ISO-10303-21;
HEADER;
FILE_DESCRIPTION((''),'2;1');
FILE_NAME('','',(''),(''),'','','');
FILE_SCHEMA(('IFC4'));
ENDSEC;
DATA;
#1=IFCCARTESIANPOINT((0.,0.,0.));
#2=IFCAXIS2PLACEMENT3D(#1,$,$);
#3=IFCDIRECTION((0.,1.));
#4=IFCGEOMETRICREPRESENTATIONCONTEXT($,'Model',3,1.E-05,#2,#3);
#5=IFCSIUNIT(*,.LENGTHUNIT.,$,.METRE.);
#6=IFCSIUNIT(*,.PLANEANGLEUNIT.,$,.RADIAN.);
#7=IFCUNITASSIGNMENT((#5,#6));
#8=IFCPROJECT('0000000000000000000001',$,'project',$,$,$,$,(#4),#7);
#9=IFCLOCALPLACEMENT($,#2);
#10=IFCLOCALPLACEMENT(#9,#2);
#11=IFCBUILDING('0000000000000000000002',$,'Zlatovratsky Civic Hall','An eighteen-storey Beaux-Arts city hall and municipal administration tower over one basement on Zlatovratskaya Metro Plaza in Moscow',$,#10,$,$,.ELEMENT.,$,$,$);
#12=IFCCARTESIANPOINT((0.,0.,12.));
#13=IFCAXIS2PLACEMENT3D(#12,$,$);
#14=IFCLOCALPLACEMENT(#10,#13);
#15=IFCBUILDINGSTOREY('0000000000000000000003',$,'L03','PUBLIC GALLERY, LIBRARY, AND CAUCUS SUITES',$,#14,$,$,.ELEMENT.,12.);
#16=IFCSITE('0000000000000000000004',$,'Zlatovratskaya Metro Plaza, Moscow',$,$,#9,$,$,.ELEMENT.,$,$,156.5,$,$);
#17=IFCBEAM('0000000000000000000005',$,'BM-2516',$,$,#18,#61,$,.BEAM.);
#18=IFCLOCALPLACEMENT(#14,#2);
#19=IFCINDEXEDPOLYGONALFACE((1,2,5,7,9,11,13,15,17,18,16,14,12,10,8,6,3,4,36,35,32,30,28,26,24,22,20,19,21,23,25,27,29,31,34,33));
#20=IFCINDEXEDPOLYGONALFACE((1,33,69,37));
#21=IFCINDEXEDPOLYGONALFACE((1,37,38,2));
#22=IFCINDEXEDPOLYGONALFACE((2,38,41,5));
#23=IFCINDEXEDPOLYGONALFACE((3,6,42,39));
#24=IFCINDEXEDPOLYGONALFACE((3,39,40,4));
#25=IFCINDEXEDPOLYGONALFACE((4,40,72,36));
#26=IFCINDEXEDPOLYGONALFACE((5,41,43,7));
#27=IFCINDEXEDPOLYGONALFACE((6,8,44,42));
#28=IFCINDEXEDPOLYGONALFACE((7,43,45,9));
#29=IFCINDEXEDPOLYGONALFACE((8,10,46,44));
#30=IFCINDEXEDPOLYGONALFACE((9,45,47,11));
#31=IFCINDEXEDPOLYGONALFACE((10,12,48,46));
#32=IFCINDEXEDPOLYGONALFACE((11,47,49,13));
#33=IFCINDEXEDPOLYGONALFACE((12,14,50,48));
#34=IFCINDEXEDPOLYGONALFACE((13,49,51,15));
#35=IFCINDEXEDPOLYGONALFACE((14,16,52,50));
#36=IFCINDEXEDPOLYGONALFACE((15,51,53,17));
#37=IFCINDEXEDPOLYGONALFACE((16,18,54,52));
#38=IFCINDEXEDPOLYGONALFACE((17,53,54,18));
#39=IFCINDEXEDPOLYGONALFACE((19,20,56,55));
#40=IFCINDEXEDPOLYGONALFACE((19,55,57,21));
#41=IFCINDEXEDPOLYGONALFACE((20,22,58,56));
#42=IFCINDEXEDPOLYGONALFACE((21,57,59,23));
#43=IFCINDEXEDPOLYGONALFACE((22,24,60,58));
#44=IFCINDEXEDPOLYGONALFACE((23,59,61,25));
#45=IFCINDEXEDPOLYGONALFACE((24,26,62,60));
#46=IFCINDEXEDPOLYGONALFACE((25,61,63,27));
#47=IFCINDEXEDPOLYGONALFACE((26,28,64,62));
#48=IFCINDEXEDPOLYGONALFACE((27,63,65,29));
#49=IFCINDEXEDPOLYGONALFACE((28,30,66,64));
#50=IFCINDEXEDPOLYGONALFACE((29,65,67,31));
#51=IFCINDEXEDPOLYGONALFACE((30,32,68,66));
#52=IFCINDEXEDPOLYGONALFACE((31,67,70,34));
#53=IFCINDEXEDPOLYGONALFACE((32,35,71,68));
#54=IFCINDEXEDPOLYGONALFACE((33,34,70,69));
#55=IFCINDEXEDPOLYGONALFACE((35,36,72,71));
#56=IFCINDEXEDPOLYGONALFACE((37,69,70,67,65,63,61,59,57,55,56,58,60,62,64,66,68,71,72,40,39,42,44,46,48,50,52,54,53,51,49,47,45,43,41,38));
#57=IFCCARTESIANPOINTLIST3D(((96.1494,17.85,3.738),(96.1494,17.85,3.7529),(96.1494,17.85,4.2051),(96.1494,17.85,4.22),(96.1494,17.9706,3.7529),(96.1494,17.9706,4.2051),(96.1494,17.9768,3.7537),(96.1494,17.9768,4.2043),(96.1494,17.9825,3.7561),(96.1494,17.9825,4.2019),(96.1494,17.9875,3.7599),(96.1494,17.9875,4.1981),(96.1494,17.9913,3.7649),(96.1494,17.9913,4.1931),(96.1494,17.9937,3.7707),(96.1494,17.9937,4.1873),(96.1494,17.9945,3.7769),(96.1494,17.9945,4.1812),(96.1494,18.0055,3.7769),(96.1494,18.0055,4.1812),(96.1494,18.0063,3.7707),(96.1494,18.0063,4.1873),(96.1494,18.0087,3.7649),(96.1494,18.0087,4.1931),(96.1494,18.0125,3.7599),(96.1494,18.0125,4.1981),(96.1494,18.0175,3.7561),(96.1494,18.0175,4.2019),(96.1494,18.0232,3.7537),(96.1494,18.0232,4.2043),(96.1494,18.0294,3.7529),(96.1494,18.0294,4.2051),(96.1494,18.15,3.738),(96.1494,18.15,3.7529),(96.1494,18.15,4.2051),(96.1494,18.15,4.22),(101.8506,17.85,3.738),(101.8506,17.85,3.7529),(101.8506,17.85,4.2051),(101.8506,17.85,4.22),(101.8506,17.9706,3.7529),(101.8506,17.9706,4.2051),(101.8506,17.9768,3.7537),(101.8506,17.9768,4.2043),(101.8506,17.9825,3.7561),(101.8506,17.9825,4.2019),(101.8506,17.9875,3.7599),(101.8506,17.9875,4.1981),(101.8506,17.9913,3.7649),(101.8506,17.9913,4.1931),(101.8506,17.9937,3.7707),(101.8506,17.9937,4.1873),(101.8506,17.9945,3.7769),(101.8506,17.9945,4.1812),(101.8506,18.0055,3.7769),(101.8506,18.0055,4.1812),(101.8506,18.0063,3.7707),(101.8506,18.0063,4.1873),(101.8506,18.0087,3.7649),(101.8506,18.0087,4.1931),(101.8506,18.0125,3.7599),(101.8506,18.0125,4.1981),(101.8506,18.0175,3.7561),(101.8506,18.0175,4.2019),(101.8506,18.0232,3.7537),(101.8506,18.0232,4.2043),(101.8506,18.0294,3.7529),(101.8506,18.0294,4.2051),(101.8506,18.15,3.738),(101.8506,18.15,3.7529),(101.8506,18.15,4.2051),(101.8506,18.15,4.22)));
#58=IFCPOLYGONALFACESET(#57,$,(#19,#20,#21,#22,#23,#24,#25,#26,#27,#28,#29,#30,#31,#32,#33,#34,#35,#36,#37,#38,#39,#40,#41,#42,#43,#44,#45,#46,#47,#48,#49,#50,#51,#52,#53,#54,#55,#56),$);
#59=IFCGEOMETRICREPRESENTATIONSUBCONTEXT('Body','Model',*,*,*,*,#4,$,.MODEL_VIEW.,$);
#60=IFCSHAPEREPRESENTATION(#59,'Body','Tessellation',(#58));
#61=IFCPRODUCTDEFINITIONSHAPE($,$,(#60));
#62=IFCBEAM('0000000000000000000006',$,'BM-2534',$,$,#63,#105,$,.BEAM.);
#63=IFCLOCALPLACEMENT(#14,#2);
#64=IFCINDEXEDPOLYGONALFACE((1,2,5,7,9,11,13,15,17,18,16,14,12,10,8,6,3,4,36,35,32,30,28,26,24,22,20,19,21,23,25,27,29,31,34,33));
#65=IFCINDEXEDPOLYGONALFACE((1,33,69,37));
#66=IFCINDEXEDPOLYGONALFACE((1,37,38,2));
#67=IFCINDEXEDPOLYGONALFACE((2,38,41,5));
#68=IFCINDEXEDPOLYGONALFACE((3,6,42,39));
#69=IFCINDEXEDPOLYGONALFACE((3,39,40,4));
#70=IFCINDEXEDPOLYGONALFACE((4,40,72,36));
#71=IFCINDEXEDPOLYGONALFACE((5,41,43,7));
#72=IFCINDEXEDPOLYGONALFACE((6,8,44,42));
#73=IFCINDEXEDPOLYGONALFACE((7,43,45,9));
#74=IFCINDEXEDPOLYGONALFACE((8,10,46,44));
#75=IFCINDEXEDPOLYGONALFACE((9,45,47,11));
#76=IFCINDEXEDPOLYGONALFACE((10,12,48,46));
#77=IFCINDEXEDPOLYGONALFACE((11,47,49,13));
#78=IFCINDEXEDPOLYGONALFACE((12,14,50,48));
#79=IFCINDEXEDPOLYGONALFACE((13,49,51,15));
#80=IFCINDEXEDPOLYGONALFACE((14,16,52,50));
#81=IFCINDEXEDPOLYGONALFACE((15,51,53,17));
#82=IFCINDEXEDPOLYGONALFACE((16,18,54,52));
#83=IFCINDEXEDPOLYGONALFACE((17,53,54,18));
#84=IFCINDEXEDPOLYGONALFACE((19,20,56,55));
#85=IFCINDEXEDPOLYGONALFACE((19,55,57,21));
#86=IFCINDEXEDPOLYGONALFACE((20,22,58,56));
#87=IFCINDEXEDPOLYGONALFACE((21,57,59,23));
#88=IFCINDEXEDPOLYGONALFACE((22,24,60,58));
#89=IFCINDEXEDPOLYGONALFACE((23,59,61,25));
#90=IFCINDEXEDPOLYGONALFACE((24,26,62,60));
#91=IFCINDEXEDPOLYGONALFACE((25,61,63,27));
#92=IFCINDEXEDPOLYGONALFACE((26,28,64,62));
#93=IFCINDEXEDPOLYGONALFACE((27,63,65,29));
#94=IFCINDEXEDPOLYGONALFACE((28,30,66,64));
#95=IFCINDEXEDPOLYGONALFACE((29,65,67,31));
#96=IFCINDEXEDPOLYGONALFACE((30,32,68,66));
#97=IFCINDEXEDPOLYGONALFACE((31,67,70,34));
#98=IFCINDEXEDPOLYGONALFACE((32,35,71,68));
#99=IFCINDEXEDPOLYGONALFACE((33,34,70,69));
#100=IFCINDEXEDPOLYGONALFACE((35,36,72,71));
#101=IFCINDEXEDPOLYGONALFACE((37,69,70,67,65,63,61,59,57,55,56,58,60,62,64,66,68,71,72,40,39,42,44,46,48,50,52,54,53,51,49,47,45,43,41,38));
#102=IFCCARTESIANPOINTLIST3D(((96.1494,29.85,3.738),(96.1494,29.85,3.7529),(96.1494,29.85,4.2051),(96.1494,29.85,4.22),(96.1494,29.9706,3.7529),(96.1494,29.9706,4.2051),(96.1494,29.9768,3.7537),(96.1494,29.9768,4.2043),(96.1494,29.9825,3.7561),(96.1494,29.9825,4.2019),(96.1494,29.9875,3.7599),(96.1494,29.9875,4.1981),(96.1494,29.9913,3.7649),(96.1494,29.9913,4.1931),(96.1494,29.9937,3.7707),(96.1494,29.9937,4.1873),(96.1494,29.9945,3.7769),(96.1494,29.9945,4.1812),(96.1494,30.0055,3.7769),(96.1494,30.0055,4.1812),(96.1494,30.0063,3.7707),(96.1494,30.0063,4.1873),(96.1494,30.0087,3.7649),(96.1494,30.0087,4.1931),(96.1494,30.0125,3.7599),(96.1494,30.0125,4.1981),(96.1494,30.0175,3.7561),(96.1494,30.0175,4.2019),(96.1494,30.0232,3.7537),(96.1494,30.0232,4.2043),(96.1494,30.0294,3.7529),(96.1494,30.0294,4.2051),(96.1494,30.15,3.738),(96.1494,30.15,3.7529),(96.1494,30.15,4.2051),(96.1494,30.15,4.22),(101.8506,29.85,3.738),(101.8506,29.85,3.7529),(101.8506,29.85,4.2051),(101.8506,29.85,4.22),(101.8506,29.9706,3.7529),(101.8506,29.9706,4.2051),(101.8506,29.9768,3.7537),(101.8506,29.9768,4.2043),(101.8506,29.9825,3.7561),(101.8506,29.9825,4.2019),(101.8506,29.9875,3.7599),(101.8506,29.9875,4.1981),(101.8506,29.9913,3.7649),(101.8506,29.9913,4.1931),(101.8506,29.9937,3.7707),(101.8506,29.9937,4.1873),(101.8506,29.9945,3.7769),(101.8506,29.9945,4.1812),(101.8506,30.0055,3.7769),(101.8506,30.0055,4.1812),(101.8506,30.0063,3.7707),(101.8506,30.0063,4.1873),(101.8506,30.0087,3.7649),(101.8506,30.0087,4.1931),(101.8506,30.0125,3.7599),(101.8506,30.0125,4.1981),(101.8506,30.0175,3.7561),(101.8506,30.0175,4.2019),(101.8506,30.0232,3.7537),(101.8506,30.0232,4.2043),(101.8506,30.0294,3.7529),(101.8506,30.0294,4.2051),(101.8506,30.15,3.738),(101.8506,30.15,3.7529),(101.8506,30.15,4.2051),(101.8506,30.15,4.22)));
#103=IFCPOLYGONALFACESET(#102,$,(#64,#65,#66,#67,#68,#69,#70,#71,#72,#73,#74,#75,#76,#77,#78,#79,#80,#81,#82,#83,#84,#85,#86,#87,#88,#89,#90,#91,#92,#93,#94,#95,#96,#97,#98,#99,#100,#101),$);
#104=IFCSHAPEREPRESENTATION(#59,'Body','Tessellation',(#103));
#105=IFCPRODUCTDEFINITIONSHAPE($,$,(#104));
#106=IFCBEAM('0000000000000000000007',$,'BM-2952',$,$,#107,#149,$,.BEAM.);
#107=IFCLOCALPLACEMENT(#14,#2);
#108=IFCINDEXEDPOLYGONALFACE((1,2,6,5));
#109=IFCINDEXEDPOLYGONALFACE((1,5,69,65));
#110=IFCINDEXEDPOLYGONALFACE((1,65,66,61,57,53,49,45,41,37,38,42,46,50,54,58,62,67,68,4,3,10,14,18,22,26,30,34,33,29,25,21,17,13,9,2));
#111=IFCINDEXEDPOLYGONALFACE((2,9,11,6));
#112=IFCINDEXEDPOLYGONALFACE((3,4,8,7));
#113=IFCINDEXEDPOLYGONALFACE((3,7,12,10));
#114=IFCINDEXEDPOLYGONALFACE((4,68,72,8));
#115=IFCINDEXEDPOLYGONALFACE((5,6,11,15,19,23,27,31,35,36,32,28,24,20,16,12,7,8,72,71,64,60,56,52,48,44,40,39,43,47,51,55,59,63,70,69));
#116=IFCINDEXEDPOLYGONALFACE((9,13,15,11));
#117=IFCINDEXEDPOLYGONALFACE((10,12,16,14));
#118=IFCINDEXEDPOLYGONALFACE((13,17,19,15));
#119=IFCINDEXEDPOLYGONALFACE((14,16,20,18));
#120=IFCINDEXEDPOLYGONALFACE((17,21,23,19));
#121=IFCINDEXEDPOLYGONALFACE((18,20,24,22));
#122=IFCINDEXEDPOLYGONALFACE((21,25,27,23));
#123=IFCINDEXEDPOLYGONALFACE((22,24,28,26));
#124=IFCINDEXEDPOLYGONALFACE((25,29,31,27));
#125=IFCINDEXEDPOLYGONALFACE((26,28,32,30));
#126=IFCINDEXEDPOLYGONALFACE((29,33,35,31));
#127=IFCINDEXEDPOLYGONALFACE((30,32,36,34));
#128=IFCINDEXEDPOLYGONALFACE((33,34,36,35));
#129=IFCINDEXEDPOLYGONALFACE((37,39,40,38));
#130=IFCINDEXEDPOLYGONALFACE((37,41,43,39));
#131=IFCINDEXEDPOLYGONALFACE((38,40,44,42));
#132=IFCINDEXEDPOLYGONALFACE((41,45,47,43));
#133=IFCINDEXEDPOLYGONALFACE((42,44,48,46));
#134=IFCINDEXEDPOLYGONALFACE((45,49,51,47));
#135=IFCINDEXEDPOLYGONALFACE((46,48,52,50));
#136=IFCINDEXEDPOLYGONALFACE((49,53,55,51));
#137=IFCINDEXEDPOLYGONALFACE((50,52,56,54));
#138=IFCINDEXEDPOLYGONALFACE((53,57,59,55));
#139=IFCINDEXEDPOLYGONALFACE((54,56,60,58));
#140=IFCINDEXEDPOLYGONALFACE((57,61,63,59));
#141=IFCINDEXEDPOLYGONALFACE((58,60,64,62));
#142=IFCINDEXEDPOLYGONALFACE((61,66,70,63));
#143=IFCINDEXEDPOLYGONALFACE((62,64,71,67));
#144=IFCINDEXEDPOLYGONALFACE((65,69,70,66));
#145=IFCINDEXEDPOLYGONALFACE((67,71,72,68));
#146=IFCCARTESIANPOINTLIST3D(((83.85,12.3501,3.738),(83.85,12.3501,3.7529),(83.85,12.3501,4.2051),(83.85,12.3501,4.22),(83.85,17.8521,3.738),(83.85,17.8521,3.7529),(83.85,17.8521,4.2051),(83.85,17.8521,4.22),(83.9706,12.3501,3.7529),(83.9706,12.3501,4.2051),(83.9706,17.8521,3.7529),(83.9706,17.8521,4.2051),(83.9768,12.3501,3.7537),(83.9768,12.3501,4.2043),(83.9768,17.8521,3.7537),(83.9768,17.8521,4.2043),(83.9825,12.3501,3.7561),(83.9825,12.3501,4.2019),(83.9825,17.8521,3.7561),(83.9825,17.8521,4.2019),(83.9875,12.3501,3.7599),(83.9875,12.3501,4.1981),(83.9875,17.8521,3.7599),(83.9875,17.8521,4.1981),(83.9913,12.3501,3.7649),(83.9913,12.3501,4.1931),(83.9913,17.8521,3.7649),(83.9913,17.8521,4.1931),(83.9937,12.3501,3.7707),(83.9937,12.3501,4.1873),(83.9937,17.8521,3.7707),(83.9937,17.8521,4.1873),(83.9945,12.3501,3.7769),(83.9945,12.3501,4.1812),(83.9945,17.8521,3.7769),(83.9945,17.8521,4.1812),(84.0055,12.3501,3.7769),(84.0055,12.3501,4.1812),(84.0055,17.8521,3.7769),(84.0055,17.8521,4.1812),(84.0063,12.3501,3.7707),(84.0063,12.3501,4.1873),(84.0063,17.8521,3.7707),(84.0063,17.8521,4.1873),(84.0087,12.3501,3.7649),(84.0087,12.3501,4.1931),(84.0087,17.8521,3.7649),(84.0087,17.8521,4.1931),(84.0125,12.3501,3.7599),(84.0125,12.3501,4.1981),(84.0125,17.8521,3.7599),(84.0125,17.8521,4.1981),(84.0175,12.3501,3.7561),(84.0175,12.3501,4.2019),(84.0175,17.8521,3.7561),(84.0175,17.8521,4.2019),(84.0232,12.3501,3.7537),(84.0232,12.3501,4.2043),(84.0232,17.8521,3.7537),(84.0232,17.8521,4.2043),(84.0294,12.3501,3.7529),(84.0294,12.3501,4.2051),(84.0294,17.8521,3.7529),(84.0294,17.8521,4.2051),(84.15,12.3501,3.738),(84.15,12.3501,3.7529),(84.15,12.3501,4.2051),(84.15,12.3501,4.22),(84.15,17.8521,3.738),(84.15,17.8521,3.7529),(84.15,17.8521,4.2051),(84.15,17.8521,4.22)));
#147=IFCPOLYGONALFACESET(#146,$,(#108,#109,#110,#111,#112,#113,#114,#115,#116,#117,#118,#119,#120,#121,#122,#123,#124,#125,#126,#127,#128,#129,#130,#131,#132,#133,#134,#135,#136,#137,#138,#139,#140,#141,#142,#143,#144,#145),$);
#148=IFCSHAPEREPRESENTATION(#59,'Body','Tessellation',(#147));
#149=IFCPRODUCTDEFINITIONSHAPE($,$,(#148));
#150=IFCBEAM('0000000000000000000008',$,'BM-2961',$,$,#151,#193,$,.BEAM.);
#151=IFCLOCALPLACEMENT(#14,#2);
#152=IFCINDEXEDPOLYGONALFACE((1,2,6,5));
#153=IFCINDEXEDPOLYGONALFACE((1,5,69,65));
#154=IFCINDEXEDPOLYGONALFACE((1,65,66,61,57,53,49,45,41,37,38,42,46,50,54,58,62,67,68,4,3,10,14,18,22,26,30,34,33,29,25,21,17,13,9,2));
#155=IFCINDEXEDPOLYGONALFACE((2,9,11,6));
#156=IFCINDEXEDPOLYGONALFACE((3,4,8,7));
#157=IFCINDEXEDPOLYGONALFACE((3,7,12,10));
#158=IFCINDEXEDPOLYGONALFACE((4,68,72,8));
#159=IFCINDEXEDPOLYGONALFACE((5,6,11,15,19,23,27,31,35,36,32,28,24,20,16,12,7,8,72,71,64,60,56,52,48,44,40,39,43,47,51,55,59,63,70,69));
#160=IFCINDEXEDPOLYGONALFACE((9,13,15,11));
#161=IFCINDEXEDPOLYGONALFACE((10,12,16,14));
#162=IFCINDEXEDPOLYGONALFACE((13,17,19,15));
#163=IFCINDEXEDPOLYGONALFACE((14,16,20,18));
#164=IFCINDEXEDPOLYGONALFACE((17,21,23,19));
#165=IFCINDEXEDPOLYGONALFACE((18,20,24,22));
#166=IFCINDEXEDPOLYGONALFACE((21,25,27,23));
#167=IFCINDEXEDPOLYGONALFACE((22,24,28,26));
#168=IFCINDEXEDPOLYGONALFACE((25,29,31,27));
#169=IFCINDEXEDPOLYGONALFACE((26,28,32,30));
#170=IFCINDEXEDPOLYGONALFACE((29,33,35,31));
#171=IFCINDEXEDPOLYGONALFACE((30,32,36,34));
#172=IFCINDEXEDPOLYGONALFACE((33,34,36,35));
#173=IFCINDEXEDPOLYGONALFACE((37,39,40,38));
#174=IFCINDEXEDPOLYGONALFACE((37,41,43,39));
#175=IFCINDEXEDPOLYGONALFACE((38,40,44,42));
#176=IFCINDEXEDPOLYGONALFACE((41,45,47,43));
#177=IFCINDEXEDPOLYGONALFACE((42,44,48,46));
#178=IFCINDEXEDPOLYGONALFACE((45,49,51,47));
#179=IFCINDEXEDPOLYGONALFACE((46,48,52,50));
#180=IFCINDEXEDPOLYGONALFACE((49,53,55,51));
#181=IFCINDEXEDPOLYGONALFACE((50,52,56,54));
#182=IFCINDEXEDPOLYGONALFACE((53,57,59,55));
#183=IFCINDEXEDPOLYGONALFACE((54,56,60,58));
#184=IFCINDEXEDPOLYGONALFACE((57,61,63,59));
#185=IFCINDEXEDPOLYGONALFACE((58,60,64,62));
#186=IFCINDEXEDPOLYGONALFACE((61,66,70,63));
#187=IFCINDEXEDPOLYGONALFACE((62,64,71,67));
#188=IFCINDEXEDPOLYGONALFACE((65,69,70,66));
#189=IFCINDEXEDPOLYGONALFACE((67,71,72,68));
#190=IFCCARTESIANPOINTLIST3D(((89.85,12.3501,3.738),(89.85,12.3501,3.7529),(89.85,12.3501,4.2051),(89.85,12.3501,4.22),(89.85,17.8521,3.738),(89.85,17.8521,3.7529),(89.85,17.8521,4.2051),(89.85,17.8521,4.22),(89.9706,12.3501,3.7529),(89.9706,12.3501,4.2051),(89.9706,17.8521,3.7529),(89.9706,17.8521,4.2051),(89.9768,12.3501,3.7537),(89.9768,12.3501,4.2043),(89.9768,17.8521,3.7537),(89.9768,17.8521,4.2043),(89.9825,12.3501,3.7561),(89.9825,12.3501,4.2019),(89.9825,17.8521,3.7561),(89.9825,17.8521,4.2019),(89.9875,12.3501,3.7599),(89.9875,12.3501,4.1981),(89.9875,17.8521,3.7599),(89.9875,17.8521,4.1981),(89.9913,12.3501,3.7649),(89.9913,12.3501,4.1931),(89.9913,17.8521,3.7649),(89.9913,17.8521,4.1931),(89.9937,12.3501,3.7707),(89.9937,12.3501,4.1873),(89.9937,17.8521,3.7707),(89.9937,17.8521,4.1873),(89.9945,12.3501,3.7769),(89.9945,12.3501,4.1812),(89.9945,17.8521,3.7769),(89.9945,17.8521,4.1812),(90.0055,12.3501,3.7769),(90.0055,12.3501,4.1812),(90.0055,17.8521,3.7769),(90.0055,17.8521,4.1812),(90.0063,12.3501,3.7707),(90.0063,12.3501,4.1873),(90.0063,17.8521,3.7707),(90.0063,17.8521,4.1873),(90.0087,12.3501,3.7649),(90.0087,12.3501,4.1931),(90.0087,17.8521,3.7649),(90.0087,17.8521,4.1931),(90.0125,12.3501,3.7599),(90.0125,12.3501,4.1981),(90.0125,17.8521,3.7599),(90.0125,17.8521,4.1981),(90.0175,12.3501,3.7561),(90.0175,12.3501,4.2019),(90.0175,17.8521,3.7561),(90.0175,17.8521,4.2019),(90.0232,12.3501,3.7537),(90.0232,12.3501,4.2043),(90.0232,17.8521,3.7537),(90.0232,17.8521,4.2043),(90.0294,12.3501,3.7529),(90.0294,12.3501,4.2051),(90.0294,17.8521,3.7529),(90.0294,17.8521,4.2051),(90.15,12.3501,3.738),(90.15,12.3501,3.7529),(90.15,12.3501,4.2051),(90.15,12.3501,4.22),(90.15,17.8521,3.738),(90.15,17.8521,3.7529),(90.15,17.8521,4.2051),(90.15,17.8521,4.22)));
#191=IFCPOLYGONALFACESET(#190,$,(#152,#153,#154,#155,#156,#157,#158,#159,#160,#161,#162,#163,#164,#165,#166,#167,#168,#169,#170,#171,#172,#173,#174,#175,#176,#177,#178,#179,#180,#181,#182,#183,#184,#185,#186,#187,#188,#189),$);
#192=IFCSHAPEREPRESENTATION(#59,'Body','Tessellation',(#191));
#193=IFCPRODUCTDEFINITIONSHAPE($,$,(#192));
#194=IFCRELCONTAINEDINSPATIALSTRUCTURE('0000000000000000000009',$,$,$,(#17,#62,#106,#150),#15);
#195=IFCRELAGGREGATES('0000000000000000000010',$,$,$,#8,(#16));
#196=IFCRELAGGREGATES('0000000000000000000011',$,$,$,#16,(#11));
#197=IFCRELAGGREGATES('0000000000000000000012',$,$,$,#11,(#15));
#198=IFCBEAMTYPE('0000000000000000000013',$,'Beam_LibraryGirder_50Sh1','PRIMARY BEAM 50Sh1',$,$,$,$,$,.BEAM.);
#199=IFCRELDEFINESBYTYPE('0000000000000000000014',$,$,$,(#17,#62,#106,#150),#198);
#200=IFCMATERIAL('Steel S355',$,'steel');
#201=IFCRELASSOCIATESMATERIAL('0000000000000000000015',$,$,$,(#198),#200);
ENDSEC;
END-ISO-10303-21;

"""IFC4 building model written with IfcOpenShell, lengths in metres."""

from ifc_helpers import new_model, si_unit, direction, frame, origin, origin_2d, place, context, subcontext, project, spatial, i_section, extrude, material, material_profile, profile_set, type_object, element, save


model = new_model("IFC4")

# Units and contexts
model_context = context("Model", 3, precision=1e-05, world=origin(), true_north=direction((0.0, 1.0)))
body_context = subcontext(model_context, "Body", "Model", "MODEL_VIEW")
ifc_project = project(units=[si_unit("LENGTHUNIT", "METRE"), si_unit("PLANEANGLEUNIT", "RADIAN")], contexts=[model_context])

# Site, building, storey
site_placement = place(None, origin())
site = spatial("IfcSite", under=ifc_project, at=site_placement, Name="Zlatovratskaya Metro Plaza, Moscow", CompositionType="ELEMENT", RefElevation=156.5)
building_placement = place(site_placement, origin())
building = spatial("IfcBuilding", under=site, at=building_placement, Name="Zlatovratsky Civic Hall", Description="An eighteen-storey Beaux-Arts city hall and municipal administration tower over one basement on Zlatovratskaya Metro Plaza in Moscow", CompositionType="ELEMENT")
storey_placement = place(building_placement, frame((0.0, 0.0, 12.0)))
storey = spatial("IfcBuildingStorey", under=building, at=storey_placement, Name="L03", Description="PUBLIC GALLERY, LIBRARY, AND CAUCUS SUITES", CompositionType="ELEMENT", Elevation=12.0)

# Shared definitions
ifc_material_1 = material(Name="Steel S355", Category="steel")

# Beams
ifc_material_profile_1 = material_profile(ifc_material_1, i_section(OverallWidth=0.3, OverallDepth=0.4819, WebThickness=0.011, FlangeThickness=0.0149, FilletRadius=0.0239, at=origin_2d()), Name="50Sh1")
ifc_profile_set_1 = profile_set([ifc_material_profile_1], Name="Steel S355")
beam_type_1 = type_object("IfcBeamType", Name="Beam_LibraryGirder_50Sh1", Description="PRIMARY BEAM 50Sh1", PredefinedType="BEAM", material=ifc_profile_set_1)
for number, where, z_axis, x_axis, name in (
    (1, (96.1494, 18.0, 3.979), (1.0, 0.0, 0.0), (0.0, 1.0, 0.0), "BM-2516"),
    (2, (96.1494, 30.0, 3.979), (1.0, 0.0, 0.0), (0.0, 1.0, 0.0), "BM-2534"),
):
    element("IfcBeam", number, at=place(storey_placement, frame(where, z_axis=z_axis, x_axis=x_axis)), inside=storey, type_object=beam_type_1, Name=name, PredefinedType="BEAM", context=body_context, shape_type="SweptSolid", body=[
        extrude(i_section(OverallWidth=0.3, OverallDepth=0.4819, WebThickness=0.011, FlangeThickness=0.0149, FilletRadius=0.0239, at=origin_2d()), origin(), (0.0, 0.0, 1.0), 5.7012),
    ])
for number, where, z_axis, x_axis, name in (
    (3, (84.0, 12.3501, 3.979), (0.0, 1.0, 0.0), (-1.0, 0.0, 0.0), "BM-2952"),
    (4, (90.0, 12.3501, 3.979), (0.0, 1.0, 0.0), (-1.0, 0.0, 0.0), "BM-2961"),
):
    element("IfcBeam", number, at=place(storey_placement, frame(where, z_axis=z_axis, x_axis=x_axis)), inside=storey, type_object=beam_type_1, Name=name, PredefinedType="BEAM", context=body_context, shape_type="SweptSolid", body=[
        extrude(i_section(OverallWidth=0.3, OverallDepth=0.4819, WebThickness=0.011, FlangeThickness=0.0149, FilletRadius=0.0239, at=origin_2d()), origin(), (0.0, 0.0, 1.0), 5.502),
    ])

save(model, "model.ifc")
